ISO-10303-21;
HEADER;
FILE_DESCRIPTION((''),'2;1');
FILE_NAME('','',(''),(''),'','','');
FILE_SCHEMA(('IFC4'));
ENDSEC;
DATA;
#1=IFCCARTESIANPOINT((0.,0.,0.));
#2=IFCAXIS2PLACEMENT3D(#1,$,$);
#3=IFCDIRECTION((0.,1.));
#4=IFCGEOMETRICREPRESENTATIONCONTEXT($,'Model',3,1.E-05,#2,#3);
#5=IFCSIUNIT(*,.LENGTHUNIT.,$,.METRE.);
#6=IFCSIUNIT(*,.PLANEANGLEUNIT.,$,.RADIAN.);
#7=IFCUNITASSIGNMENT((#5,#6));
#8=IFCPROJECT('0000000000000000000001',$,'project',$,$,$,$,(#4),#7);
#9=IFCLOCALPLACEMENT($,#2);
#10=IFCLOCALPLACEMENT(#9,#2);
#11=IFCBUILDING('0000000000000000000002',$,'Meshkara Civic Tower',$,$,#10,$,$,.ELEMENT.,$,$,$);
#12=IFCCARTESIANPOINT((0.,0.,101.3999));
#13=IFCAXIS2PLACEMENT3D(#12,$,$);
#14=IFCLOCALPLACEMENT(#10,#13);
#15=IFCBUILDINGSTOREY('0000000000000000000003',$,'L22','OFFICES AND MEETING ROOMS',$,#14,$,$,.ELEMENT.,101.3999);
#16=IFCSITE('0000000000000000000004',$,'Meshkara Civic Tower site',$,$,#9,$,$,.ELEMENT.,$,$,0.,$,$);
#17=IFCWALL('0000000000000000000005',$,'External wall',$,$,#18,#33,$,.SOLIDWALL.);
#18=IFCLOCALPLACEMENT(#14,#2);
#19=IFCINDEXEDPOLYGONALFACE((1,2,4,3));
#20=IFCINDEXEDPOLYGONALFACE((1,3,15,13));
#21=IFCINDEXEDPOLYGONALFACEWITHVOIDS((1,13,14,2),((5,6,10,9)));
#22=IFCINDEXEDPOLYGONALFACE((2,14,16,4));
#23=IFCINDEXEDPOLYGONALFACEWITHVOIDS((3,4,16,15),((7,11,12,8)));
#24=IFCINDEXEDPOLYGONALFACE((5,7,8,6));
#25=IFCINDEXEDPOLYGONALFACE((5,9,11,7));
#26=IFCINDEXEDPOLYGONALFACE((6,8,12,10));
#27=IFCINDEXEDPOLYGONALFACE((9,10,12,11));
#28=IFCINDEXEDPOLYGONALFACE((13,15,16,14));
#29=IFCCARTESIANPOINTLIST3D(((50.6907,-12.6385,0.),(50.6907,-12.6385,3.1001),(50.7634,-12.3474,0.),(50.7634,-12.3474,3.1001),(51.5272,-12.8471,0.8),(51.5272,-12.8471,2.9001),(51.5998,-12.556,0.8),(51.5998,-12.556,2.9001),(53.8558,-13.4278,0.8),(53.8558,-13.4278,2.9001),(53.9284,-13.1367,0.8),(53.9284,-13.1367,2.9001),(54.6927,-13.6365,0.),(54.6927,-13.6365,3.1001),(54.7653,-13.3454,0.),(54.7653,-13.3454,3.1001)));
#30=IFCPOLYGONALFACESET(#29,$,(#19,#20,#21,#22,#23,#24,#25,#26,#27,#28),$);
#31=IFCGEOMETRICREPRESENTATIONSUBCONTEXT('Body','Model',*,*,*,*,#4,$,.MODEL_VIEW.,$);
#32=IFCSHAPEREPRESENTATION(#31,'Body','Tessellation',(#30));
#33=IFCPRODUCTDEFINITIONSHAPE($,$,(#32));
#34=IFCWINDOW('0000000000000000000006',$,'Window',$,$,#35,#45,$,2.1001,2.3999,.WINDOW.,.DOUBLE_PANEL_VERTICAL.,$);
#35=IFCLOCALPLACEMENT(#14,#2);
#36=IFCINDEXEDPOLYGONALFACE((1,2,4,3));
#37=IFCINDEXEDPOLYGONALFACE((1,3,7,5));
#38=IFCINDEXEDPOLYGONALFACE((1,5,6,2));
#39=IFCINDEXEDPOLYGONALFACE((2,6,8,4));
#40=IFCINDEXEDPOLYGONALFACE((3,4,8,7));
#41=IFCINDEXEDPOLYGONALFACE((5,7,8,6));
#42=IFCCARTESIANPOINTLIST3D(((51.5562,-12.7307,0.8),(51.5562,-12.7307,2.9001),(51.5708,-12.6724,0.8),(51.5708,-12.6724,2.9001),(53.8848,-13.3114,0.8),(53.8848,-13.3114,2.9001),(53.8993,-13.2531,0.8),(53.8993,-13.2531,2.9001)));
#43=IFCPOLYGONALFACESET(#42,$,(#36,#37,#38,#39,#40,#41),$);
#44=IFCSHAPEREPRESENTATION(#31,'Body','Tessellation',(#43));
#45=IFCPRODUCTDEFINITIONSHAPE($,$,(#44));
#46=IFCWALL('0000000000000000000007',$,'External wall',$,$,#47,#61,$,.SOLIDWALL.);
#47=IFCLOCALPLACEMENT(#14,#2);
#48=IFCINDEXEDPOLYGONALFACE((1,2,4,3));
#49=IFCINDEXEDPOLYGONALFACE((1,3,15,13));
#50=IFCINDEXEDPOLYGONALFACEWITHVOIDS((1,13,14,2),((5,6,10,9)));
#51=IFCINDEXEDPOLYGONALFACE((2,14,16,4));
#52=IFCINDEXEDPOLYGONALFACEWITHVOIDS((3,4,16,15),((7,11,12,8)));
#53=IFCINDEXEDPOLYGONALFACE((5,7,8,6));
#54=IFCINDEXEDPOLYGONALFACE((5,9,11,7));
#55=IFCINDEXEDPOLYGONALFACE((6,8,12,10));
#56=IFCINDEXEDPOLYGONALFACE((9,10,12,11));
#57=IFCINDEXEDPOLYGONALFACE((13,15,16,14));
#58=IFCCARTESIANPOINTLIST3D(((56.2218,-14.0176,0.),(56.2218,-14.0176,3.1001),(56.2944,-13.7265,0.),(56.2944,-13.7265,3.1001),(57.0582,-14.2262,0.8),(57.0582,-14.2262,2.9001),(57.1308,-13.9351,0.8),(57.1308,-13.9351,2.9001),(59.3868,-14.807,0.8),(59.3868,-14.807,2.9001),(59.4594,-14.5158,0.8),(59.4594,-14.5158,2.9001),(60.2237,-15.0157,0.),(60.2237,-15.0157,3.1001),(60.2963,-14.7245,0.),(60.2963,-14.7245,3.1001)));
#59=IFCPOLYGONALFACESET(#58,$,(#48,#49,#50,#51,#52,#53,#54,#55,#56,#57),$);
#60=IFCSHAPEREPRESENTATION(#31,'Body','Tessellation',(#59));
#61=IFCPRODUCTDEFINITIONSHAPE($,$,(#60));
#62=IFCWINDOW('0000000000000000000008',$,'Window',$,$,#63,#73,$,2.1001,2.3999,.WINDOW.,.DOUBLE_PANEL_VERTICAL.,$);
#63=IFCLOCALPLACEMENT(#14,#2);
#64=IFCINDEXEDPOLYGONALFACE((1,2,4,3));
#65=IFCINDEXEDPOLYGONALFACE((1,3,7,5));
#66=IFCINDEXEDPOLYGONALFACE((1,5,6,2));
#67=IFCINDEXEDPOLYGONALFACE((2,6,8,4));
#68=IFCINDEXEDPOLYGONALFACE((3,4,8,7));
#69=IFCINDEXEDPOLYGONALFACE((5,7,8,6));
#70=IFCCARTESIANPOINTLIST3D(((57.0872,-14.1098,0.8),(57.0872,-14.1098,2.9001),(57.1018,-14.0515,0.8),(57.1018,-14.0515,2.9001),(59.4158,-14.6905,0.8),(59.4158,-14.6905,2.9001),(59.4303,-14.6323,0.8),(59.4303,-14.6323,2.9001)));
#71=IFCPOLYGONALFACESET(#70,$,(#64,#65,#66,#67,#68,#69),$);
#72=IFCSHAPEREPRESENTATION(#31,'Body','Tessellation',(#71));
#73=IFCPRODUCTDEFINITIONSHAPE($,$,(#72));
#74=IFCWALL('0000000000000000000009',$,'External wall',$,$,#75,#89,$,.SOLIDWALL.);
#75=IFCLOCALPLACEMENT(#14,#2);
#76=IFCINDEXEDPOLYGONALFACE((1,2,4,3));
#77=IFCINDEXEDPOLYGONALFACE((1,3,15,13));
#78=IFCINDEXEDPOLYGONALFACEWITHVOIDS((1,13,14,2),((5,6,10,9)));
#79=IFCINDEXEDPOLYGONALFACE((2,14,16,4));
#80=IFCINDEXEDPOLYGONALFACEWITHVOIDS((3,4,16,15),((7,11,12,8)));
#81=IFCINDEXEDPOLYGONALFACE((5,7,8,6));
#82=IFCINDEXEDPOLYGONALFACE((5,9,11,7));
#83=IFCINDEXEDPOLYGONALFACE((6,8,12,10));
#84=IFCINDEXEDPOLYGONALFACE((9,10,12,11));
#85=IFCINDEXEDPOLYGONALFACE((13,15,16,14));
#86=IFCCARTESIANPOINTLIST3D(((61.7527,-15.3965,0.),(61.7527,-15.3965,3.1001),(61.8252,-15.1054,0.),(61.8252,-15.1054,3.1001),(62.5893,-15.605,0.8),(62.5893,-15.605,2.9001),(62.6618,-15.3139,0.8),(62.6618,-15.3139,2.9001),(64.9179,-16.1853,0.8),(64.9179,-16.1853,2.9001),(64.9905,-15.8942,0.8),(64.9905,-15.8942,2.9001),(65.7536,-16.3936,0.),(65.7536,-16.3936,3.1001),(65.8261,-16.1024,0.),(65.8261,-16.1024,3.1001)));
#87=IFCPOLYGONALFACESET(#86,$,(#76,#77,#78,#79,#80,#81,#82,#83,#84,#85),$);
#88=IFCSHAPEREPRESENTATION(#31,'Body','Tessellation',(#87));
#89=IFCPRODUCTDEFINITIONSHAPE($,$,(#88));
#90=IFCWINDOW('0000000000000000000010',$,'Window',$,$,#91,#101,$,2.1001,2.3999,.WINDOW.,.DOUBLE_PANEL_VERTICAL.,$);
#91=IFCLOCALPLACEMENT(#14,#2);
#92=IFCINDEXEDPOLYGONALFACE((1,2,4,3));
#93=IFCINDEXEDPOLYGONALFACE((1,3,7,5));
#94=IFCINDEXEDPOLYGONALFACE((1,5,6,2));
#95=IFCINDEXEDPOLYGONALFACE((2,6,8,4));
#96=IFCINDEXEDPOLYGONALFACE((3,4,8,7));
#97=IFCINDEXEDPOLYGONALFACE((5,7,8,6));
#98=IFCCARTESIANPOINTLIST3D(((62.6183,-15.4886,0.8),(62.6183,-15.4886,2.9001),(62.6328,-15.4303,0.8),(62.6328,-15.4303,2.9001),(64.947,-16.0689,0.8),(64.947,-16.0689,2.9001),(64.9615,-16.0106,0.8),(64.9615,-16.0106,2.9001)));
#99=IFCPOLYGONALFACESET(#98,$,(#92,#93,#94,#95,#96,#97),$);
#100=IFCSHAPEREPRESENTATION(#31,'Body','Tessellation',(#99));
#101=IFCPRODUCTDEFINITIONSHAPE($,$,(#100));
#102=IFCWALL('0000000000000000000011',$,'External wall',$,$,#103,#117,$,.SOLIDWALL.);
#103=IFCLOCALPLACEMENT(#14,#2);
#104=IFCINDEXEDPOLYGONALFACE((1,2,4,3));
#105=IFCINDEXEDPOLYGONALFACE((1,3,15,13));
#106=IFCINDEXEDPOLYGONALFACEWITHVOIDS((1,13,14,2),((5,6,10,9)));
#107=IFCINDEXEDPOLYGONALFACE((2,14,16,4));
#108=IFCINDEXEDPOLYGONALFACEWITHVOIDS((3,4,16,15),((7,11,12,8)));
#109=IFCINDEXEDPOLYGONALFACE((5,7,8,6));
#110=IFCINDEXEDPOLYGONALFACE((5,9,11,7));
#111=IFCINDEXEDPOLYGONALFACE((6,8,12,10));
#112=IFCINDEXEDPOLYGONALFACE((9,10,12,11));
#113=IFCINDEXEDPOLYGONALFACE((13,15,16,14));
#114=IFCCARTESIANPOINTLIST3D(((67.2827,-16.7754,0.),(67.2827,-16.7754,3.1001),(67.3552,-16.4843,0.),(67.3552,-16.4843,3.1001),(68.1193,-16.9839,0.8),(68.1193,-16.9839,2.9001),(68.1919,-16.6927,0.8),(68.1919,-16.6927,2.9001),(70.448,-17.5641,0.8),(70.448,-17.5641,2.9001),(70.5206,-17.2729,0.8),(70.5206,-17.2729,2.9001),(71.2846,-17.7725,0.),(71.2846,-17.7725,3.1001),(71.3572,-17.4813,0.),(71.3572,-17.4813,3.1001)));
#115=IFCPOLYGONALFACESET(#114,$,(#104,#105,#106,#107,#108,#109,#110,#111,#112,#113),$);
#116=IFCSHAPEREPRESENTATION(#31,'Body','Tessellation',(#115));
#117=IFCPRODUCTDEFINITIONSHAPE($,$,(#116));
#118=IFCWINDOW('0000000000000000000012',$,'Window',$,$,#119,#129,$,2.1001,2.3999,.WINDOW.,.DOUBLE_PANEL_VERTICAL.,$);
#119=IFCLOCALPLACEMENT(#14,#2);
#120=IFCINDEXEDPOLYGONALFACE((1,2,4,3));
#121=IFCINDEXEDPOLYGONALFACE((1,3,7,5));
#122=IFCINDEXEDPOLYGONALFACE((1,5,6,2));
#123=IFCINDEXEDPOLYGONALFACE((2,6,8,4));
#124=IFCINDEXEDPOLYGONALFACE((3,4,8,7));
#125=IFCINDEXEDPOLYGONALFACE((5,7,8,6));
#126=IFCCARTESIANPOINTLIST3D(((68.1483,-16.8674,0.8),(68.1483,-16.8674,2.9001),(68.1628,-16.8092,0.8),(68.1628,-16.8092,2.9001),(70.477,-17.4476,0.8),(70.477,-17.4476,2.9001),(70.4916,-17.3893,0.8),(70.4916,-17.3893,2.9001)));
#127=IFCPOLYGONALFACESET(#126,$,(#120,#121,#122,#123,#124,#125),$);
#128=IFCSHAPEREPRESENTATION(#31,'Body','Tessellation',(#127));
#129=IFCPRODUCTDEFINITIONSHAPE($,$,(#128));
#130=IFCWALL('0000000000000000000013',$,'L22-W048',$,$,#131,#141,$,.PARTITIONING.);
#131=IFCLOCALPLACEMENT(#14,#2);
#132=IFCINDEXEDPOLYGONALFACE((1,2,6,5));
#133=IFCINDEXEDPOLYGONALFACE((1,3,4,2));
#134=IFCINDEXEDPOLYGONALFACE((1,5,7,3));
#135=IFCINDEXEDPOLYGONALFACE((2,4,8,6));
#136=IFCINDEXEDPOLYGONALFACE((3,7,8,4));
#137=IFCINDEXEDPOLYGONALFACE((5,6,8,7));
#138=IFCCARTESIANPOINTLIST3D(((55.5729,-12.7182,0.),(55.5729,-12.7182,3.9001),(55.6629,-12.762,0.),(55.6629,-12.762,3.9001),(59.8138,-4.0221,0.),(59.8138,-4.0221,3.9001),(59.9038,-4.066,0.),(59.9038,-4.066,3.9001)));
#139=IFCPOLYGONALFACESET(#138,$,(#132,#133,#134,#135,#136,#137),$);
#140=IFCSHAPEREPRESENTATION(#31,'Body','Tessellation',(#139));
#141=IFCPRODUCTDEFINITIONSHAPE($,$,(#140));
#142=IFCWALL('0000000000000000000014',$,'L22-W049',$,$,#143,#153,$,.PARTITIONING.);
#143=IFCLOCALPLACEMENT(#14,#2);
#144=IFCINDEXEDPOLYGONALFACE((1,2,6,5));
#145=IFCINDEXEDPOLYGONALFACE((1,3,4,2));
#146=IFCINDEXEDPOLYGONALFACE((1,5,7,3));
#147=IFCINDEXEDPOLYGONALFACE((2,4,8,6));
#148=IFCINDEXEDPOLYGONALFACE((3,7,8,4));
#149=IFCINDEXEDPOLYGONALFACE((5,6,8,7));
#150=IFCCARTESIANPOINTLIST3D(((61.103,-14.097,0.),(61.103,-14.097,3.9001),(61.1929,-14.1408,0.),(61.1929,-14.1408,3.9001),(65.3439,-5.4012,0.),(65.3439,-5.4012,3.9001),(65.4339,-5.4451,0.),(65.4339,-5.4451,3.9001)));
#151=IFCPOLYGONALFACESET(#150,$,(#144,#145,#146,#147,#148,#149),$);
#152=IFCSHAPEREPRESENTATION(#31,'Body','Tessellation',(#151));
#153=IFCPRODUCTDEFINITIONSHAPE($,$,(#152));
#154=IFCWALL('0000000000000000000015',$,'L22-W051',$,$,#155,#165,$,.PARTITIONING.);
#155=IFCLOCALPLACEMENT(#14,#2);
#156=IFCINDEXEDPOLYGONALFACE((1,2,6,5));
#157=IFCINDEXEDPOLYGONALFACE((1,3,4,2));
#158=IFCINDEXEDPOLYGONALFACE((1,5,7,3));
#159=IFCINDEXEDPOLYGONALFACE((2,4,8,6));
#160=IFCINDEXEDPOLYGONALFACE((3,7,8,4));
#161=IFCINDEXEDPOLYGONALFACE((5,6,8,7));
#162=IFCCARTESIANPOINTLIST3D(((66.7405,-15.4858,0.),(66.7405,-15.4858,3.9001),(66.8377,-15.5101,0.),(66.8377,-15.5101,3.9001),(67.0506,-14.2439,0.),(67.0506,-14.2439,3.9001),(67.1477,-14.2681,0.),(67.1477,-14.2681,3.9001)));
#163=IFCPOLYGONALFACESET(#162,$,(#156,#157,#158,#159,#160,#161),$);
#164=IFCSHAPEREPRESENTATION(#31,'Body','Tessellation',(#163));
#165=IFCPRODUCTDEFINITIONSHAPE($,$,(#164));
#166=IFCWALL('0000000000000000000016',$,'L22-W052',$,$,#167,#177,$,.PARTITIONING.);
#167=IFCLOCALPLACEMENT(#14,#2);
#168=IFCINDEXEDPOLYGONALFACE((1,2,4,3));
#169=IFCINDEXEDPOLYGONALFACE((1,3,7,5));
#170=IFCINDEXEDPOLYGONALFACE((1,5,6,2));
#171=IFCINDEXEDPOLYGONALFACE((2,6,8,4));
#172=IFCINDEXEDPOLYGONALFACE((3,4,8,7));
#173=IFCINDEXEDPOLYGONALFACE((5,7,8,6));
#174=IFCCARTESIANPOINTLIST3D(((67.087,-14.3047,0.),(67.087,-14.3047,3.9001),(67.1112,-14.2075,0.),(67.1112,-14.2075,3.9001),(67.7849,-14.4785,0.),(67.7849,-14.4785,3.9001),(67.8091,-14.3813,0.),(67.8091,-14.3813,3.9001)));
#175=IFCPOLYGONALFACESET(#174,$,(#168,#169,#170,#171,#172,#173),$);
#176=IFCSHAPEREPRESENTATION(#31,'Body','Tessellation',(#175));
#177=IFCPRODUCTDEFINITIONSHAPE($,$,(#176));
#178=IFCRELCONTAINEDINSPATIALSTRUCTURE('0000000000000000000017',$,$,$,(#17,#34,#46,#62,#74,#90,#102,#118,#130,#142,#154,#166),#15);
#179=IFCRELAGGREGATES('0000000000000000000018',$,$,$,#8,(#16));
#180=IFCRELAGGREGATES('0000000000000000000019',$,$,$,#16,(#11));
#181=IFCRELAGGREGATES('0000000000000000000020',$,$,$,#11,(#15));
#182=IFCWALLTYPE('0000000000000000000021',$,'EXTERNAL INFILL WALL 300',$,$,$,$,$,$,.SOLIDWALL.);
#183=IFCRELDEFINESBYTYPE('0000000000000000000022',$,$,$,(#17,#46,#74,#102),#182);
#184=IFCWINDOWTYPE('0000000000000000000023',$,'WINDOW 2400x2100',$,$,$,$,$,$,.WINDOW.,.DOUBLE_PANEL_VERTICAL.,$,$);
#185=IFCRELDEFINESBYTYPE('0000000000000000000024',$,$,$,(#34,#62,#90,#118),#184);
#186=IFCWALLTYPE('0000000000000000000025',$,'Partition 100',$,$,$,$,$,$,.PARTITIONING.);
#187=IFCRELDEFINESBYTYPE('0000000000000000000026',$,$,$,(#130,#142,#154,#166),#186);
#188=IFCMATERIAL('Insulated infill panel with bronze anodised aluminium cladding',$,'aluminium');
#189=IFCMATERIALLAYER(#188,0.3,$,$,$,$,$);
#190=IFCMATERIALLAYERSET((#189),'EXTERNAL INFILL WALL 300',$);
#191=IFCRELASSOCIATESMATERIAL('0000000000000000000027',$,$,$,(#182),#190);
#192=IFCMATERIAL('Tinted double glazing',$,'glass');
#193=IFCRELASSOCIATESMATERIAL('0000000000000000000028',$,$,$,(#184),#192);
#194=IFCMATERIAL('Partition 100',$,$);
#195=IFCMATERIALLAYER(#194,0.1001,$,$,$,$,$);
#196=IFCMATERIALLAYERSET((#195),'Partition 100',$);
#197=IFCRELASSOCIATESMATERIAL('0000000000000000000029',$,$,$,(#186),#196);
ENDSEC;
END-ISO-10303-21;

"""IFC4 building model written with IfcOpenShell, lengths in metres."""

from ifc_helpers import new_model, si_unit, direction, frame, frame_2d, origin, place, context, subcontext, project, spatial, rectangle, extrude, material, layer, layer_set, type_object, element, fill, save


model = new_model("IFC4")

# Units and contexts
model_context = context("Model", 3, precision=1e-05, world=origin(), true_north=direction((0.0, 1.0)))
body_context = subcontext(model_context, "Body", "Model", "MODEL_VIEW")
ifc_project = project(units=[si_unit("LENGTHUNIT", "METRE"), si_unit("PLANEANGLEUNIT", "RADIAN")], contexts=[model_context])

# Site, building, storey
site_placement = place(None, origin())
site = spatial("IfcSite", under=ifc_project, at=site_placement, Name="Meshkara Civic Tower site", CompositionType="ELEMENT", RefElevation=0.0)
building_placement = place(site_placement, origin())
building = spatial("IfcBuilding", under=site, at=building_placement, Name="Meshkara Civic Tower", CompositionType="ELEMENT")
storey_placement = place(building_placement, frame((0.0, 0.0, 101.3999)))
storey = spatial("IfcBuildingStorey", under=building, at=storey_placement, Name="L22", Description="OFFICES AND MEETING ROOMS", CompositionType="ELEMENT", Elevation=101.3999)

# Walls, openings, windows
ifc_material_1 = material(Name="Insulated infill panel with bronze anodised aluminium cladding", Category="aluminium")
ifc_layer_1 = layer(ifc_material_1, 0.3)
ifc_layer_set_1 = layer_set([ifc_layer_1], Name="EXTERNAL INFILL WALL 300")
wall_type_1 = type_object("IfcWallType", Name="EXTERNAL INFILL WALL 300", PredefinedType="SOLIDWALL", material=ifc_layer_set_1)
wall_1_placement = place(storey_placement, frame((50.7271, -12.4929, 0.0), z_axis=(0.0, 0.0, 1.0), x_axis=(0.970282, -0.241978, 0.0)))
wall_1 = element("IfcWall", 1, at=wall_1_placement, inside=storey, type_object=wall_type_1, Name="External wall", PredefinedType="SOLIDWALL", context=body_context, shape_type="SweptSolid", body=[
    extrude(rectangle(XDim=4.1245, YDim=0.3, at=frame_2d((2.0623, 0.0))), origin(), (0.0, 0.0, 1.0), 3.1001),
])
opening_1_placement = place(wall_1_placement, frame((0.8621, 0.0, 0.8)))
opening_1 = element("IfcOpeningElement", 2, at=opening_1_placement, cuts=wall_1, PredefinedType="OPENING", context=body_context, shape_type="SweptSolid", body=[
    extrude(rectangle(XDim=2.3999, YDim=2.1001, at=frame_2d((1.2, 1.05))), frame((0.0, 0.1599, 0.0), z_axis=(0.0, -1.0, 0.0), x_axis=(1.0, 0.0, 0.0)), (0.0, 0.0, 1.0), 0.3201),
])
ifc_material_2 = material(Name="Tinted double glazing", Category="glass")
window_type = type_object("IfcWindowType", Name="WINDOW 2400x2100", PartitioningType="DOUBLE_PANEL_VERTICAL", PredefinedType="WINDOW", material=ifc_material_2)
window_1_placement = place(opening_1_placement, origin())
window_1 = element("IfcWindow", 3, at=window_1_placement, inside=storey, type_object=window_type, Name="Window", OverallHeight=2.1001, OverallWidth=2.3999, PartitioningType="DOUBLE_PANEL_VERTICAL", PredefinedType="WINDOW", context=body_context, shape_type="SweptSolid", body=[
    extrude(rectangle(XDim=2.3999, YDim=2.1001, at=frame_2d((1.2, 1.05))), frame((0.0, 0.03, 0.0), z_axis=(0.0, -1.0, 0.0), x_axis=(1.0, 0.0, 0.0)), (0.0, 0.0, 1.0), 0.0601),
])
fill(opening_1, window_1)
wall_2_placement = place(storey_placement, frame((56.2581, -13.8721, 0.0), z_axis=(0.0, 0.0, 1.0), x_axis=(0.970282, -0.241978, 0.0)))
wall_2 = element("IfcWall", 4, at=wall_2_placement, inside=storey, type_object=wall_type_1, Name="External wall", PredefinedType="SOLIDWALL", context=body_context, shape_type="SweptSolid", body=[
    extrude(rectangle(XDim=4.1245, YDim=0.3, at=frame_2d((2.0623, 0.0))), origin(), (0.0, 0.0, 1.0), 3.1001),
])
opening_2_placement = place(wall_2_placement, frame((0.8621, 0.0, 0.8)))
opening_2 = element("IfcOpeningElement", 5, at=opening_2_placement, cuts=wall_2, PredefinedType="OPENING", context=body_context, shape_type="SweptSolid", body=[
    extrude(rectangle(XDim=2.3999, YDim=2.1001, at=frame_2d((1.2, 1.05))), frame((0.0, 0.1599, 0.0), z_axis=(0.0, -1.0, 0.0), x_axis=(1.0, 0.0, 0.0)), (0.0, 0.0, 1.0), 0.3201),
])
window_2_placement = place(opening_2_placement, origin())
window_2 = element("IfcWindow", 6, at=window_2_placement, inside=storey, type_object=window_type, Name="Window", OverallHeight=2.1001, OverallWidth=2.3999, PartitioningType="DOUBLE_PANEL_VERTICAL", PredefinedType="WINDOW", context=body_context, shape_type="SweptSolid", body=[
    extrude(rectangle(XDim=2.3999, YDim=2.1001, at=frame_2d((1.2, 1.05))), frame((0.0, 0.03, 0.0), z_axis=(0.0, -1.0, 0.0), x_axis=(1.0, 0.0, 0.0)), (0.0, 0.0, 1.0), 0.0601),
])
fill(opening_2, window_2)
wall_3_placement = place(storey_placement, frame((61.7891, -15.251, 0.0), z_axis=(0.0, 0.0, 1.0), x_axis=(0.970323, -0.241811, 0.0)))
wall_3 = element("IfcWall", 7, at=wall_3_placement, inside=storey, type_object=wall_type_1, Name="External wall", PredefinedType="SOLIDWALL", context=body_context, shape_type="SweptSolid", body=[
    extrude(rectangle(XDim=4.1233, YDim=0.3, at=frame_2d((2.0615, 0.0))), origin(), (0.0, 0.0, 1.0), 3.1001),
])
opening_3_placement = place(wall_3_placement, frame((0.8621, 0.0, 0.8)))
opening_3 = element("IfcOpeningElement", 8, at=opening_3_placement, cuts=wall_3, PredefinedType="OPENING", context=body_context, shape_type="SweptSolid", body=[
    extrude(rectangle(XDim=2.3999, YDim=2.1001, at=frame_2d((1.2, 1.05))), frame((0.0, 0.1599, 0.0), z_axis=(0.0, -1.0, 0.0), x_axis=(1.0, 0.0, 0.0)), (0.0, 0.0, 1.0), 0.3201),
])
window_3_placement = place(opening_3_placement, origin())
window_3 = element("IfcWindow", 9, at=window_3_placement, inside=storey, type_object=window_type, Name="Window", OverallHeight=2.1001, OverallWidth=2.3999, PartitioningType="DOUBLE_PANEL_VERTICAL", PredefinedType="WINDOW", context=body_context, shape_type="SweptSolid", body=[
    extrude(rectangle(XDim=2.3999, YDim=2.1001, at=frame_2d((1.2, 1.05))), frame((0.0, 0.03, 0.0), z_axis=(0.0, -1.0, 0.0), x_axis=(1.0, 0.0, 0.0)), (0.0, 0.0, 1.0), 0.0601),
])
fill(opening_3, window_3)
wall_4_placement = place(storey_placement, frame((67.3191, -16.6299, 0.0), z_axis=(0.0, 0.0, 1.0), x_axis=(0.970337, -0.241756, 0.0)))
wall_4 = element("IfcWall", 10, at=wall_4_placement, inside=storey, type_object=wall_type_1, Name="External wall", PredefinedType="SOLIDWALL", context=body_context, shape_type="SweptSolid", body=[
    extrude(rectangle(XDim=4.1243, YDim=0.3, at=frame_2d((2.062, 0.0))), origin(), (0.0, 0.0, 1.0), 3.1001),
])
opening_4_placement = place(wall_4_placement, frame((0.8621, 0.0, 0.8)))
opening_4 = element("IfcOpeningElement", 11, at=opening_4_placement, cuts=wall_4, PredefinedType="OPENING", context=body_context, shape_type="SweptSolid", body=[
    extrude(rectangle(XDim=2.3999, YDim=2.1001, at=frame_2d((1.2, 1.05))), frame((0.0, 0.1599, 0.0), z_axis=(0.0, -1.0, 0.0), x_axis=(1.0, 0.0, 0.0)), (0.0, 0.0, 1.0), 0.3201),
])
window_4_placement = place(opening_4_placement, origin())
window_4 = element("IfcWindow", 12, at=window_4_placement, inside=storey, type_object=window_type, Name="Window", OverallHeight=2.1001, OverallWidth=2.3999, PartitioningType="DOUBLE_PANEL_VERTICAL", PredefinedType="WINDOW", context=body_context, shape_type="SweptSolid", body=[
    extrude(rectangle(XDim=2.3999, YDim=2.1001, at=frame_2d((1.2, 1.05))), frame((0.0, 0.03, 0.0), z_axis=(0.0, -1.0, 0.0), x_axis=(1.0, 0.0, 0.0)), (0.0, 0.0, 1.0), 0.0601),
])
fill(opening_4, window_4)

# Walls
ifc_material_3 = material(Name="Partition 100")
ifc_layer_2 = layer(ifc_material_3, 0.1001)
ifc_layer_set_2 = layer_set([ifc_layer_2], Name="Partition 100")
wall_type_2 = type_object("IfcWallType", Name="Partition 100", PredefinedType="PARTITIONING", material=ifc_layer_set_2)
wall_5_placement = place(storey_placement, frame((55.6179, -12.74, 0.0), z_axis=(0.0, 0.0, 1.0), x_axis=(0.43834, 0.898809, 0.0)))
element("IfcWall", 13, at=wall_5_placement, inside=storey, type_object=wall_type_2, Name="L22-W048", PredefinedType="PARTITIONING", context=body_context, shape_type="SweptSolid", body=[
    extrude(rectangle(XDim=9.675, YDim=0.1001, at=frame_2d((4.8374, 0.0))), origin(), (0.0, 0.0, 1.0), 3.9001),
])
wall_6_placement = place(storey_placement, frame((61.1479, -14.1189, 0.0), z_axis=(0.0, 0.0, 1.0), x_axis=(0.43835, 0.898805, 0.0)))
element("IfcWall", 14, at=wall_6_placement, inside=storey, type_object=wall_type_2, Name="L22-W049", PredefinedType="PARTITIONING", context=body_context, shape_type="SweptSolid", body=[
    extrude(rectangle(XDim=9.6748, YDim=0.1001, at=frame_2d((4.8374, 0.0))), origin(), (0.0, 0.0, 1.0), 3.9001),
])
wall_7_placement = place(storey_placement, frame((66.7891, -15.498, 0.0), z_axis=(0.0, 0.0, 1.0), x_axis=(0.242221, 0.970221, 0.0)))
element("IfcWall", 15, at=wall_7_placement, inside=storey, type_object=wall_type_2, Name="L22-W051", PredefinedType="PARTITIONING", context=body_context, shape_type="SweptSolid", body=[
    extrude(rectangle(XDim=1.28, YDim=0.1001, at=frame_2d((0.6401, 0.0))), origin(), (0.0, 0.0, 1.0), 3.9001),
])
wall_8_placement = place(storey_placement, frame((67.0991, -14.2561, 0.0), z_axis=(0.0, 0.0, 1.0), x_axis=(0.970362, -0.241657, 0.0)))
element("IfcWall", 16, at=wall_8_placement, inside=storey, type_object=wall_type_2, Name="L22-W052", PredefinedType="PARTITIONING", context=body_context, shape_type="SweptSolid", body=[
    extrude(rectangle(XDim=0.7192, YDim=0.1001, at=frame_2d((0.3596, 0.0))), origin(), (0.0, 0.0, 1.0), 3.9001),
])

save(model, "model.ifc")
